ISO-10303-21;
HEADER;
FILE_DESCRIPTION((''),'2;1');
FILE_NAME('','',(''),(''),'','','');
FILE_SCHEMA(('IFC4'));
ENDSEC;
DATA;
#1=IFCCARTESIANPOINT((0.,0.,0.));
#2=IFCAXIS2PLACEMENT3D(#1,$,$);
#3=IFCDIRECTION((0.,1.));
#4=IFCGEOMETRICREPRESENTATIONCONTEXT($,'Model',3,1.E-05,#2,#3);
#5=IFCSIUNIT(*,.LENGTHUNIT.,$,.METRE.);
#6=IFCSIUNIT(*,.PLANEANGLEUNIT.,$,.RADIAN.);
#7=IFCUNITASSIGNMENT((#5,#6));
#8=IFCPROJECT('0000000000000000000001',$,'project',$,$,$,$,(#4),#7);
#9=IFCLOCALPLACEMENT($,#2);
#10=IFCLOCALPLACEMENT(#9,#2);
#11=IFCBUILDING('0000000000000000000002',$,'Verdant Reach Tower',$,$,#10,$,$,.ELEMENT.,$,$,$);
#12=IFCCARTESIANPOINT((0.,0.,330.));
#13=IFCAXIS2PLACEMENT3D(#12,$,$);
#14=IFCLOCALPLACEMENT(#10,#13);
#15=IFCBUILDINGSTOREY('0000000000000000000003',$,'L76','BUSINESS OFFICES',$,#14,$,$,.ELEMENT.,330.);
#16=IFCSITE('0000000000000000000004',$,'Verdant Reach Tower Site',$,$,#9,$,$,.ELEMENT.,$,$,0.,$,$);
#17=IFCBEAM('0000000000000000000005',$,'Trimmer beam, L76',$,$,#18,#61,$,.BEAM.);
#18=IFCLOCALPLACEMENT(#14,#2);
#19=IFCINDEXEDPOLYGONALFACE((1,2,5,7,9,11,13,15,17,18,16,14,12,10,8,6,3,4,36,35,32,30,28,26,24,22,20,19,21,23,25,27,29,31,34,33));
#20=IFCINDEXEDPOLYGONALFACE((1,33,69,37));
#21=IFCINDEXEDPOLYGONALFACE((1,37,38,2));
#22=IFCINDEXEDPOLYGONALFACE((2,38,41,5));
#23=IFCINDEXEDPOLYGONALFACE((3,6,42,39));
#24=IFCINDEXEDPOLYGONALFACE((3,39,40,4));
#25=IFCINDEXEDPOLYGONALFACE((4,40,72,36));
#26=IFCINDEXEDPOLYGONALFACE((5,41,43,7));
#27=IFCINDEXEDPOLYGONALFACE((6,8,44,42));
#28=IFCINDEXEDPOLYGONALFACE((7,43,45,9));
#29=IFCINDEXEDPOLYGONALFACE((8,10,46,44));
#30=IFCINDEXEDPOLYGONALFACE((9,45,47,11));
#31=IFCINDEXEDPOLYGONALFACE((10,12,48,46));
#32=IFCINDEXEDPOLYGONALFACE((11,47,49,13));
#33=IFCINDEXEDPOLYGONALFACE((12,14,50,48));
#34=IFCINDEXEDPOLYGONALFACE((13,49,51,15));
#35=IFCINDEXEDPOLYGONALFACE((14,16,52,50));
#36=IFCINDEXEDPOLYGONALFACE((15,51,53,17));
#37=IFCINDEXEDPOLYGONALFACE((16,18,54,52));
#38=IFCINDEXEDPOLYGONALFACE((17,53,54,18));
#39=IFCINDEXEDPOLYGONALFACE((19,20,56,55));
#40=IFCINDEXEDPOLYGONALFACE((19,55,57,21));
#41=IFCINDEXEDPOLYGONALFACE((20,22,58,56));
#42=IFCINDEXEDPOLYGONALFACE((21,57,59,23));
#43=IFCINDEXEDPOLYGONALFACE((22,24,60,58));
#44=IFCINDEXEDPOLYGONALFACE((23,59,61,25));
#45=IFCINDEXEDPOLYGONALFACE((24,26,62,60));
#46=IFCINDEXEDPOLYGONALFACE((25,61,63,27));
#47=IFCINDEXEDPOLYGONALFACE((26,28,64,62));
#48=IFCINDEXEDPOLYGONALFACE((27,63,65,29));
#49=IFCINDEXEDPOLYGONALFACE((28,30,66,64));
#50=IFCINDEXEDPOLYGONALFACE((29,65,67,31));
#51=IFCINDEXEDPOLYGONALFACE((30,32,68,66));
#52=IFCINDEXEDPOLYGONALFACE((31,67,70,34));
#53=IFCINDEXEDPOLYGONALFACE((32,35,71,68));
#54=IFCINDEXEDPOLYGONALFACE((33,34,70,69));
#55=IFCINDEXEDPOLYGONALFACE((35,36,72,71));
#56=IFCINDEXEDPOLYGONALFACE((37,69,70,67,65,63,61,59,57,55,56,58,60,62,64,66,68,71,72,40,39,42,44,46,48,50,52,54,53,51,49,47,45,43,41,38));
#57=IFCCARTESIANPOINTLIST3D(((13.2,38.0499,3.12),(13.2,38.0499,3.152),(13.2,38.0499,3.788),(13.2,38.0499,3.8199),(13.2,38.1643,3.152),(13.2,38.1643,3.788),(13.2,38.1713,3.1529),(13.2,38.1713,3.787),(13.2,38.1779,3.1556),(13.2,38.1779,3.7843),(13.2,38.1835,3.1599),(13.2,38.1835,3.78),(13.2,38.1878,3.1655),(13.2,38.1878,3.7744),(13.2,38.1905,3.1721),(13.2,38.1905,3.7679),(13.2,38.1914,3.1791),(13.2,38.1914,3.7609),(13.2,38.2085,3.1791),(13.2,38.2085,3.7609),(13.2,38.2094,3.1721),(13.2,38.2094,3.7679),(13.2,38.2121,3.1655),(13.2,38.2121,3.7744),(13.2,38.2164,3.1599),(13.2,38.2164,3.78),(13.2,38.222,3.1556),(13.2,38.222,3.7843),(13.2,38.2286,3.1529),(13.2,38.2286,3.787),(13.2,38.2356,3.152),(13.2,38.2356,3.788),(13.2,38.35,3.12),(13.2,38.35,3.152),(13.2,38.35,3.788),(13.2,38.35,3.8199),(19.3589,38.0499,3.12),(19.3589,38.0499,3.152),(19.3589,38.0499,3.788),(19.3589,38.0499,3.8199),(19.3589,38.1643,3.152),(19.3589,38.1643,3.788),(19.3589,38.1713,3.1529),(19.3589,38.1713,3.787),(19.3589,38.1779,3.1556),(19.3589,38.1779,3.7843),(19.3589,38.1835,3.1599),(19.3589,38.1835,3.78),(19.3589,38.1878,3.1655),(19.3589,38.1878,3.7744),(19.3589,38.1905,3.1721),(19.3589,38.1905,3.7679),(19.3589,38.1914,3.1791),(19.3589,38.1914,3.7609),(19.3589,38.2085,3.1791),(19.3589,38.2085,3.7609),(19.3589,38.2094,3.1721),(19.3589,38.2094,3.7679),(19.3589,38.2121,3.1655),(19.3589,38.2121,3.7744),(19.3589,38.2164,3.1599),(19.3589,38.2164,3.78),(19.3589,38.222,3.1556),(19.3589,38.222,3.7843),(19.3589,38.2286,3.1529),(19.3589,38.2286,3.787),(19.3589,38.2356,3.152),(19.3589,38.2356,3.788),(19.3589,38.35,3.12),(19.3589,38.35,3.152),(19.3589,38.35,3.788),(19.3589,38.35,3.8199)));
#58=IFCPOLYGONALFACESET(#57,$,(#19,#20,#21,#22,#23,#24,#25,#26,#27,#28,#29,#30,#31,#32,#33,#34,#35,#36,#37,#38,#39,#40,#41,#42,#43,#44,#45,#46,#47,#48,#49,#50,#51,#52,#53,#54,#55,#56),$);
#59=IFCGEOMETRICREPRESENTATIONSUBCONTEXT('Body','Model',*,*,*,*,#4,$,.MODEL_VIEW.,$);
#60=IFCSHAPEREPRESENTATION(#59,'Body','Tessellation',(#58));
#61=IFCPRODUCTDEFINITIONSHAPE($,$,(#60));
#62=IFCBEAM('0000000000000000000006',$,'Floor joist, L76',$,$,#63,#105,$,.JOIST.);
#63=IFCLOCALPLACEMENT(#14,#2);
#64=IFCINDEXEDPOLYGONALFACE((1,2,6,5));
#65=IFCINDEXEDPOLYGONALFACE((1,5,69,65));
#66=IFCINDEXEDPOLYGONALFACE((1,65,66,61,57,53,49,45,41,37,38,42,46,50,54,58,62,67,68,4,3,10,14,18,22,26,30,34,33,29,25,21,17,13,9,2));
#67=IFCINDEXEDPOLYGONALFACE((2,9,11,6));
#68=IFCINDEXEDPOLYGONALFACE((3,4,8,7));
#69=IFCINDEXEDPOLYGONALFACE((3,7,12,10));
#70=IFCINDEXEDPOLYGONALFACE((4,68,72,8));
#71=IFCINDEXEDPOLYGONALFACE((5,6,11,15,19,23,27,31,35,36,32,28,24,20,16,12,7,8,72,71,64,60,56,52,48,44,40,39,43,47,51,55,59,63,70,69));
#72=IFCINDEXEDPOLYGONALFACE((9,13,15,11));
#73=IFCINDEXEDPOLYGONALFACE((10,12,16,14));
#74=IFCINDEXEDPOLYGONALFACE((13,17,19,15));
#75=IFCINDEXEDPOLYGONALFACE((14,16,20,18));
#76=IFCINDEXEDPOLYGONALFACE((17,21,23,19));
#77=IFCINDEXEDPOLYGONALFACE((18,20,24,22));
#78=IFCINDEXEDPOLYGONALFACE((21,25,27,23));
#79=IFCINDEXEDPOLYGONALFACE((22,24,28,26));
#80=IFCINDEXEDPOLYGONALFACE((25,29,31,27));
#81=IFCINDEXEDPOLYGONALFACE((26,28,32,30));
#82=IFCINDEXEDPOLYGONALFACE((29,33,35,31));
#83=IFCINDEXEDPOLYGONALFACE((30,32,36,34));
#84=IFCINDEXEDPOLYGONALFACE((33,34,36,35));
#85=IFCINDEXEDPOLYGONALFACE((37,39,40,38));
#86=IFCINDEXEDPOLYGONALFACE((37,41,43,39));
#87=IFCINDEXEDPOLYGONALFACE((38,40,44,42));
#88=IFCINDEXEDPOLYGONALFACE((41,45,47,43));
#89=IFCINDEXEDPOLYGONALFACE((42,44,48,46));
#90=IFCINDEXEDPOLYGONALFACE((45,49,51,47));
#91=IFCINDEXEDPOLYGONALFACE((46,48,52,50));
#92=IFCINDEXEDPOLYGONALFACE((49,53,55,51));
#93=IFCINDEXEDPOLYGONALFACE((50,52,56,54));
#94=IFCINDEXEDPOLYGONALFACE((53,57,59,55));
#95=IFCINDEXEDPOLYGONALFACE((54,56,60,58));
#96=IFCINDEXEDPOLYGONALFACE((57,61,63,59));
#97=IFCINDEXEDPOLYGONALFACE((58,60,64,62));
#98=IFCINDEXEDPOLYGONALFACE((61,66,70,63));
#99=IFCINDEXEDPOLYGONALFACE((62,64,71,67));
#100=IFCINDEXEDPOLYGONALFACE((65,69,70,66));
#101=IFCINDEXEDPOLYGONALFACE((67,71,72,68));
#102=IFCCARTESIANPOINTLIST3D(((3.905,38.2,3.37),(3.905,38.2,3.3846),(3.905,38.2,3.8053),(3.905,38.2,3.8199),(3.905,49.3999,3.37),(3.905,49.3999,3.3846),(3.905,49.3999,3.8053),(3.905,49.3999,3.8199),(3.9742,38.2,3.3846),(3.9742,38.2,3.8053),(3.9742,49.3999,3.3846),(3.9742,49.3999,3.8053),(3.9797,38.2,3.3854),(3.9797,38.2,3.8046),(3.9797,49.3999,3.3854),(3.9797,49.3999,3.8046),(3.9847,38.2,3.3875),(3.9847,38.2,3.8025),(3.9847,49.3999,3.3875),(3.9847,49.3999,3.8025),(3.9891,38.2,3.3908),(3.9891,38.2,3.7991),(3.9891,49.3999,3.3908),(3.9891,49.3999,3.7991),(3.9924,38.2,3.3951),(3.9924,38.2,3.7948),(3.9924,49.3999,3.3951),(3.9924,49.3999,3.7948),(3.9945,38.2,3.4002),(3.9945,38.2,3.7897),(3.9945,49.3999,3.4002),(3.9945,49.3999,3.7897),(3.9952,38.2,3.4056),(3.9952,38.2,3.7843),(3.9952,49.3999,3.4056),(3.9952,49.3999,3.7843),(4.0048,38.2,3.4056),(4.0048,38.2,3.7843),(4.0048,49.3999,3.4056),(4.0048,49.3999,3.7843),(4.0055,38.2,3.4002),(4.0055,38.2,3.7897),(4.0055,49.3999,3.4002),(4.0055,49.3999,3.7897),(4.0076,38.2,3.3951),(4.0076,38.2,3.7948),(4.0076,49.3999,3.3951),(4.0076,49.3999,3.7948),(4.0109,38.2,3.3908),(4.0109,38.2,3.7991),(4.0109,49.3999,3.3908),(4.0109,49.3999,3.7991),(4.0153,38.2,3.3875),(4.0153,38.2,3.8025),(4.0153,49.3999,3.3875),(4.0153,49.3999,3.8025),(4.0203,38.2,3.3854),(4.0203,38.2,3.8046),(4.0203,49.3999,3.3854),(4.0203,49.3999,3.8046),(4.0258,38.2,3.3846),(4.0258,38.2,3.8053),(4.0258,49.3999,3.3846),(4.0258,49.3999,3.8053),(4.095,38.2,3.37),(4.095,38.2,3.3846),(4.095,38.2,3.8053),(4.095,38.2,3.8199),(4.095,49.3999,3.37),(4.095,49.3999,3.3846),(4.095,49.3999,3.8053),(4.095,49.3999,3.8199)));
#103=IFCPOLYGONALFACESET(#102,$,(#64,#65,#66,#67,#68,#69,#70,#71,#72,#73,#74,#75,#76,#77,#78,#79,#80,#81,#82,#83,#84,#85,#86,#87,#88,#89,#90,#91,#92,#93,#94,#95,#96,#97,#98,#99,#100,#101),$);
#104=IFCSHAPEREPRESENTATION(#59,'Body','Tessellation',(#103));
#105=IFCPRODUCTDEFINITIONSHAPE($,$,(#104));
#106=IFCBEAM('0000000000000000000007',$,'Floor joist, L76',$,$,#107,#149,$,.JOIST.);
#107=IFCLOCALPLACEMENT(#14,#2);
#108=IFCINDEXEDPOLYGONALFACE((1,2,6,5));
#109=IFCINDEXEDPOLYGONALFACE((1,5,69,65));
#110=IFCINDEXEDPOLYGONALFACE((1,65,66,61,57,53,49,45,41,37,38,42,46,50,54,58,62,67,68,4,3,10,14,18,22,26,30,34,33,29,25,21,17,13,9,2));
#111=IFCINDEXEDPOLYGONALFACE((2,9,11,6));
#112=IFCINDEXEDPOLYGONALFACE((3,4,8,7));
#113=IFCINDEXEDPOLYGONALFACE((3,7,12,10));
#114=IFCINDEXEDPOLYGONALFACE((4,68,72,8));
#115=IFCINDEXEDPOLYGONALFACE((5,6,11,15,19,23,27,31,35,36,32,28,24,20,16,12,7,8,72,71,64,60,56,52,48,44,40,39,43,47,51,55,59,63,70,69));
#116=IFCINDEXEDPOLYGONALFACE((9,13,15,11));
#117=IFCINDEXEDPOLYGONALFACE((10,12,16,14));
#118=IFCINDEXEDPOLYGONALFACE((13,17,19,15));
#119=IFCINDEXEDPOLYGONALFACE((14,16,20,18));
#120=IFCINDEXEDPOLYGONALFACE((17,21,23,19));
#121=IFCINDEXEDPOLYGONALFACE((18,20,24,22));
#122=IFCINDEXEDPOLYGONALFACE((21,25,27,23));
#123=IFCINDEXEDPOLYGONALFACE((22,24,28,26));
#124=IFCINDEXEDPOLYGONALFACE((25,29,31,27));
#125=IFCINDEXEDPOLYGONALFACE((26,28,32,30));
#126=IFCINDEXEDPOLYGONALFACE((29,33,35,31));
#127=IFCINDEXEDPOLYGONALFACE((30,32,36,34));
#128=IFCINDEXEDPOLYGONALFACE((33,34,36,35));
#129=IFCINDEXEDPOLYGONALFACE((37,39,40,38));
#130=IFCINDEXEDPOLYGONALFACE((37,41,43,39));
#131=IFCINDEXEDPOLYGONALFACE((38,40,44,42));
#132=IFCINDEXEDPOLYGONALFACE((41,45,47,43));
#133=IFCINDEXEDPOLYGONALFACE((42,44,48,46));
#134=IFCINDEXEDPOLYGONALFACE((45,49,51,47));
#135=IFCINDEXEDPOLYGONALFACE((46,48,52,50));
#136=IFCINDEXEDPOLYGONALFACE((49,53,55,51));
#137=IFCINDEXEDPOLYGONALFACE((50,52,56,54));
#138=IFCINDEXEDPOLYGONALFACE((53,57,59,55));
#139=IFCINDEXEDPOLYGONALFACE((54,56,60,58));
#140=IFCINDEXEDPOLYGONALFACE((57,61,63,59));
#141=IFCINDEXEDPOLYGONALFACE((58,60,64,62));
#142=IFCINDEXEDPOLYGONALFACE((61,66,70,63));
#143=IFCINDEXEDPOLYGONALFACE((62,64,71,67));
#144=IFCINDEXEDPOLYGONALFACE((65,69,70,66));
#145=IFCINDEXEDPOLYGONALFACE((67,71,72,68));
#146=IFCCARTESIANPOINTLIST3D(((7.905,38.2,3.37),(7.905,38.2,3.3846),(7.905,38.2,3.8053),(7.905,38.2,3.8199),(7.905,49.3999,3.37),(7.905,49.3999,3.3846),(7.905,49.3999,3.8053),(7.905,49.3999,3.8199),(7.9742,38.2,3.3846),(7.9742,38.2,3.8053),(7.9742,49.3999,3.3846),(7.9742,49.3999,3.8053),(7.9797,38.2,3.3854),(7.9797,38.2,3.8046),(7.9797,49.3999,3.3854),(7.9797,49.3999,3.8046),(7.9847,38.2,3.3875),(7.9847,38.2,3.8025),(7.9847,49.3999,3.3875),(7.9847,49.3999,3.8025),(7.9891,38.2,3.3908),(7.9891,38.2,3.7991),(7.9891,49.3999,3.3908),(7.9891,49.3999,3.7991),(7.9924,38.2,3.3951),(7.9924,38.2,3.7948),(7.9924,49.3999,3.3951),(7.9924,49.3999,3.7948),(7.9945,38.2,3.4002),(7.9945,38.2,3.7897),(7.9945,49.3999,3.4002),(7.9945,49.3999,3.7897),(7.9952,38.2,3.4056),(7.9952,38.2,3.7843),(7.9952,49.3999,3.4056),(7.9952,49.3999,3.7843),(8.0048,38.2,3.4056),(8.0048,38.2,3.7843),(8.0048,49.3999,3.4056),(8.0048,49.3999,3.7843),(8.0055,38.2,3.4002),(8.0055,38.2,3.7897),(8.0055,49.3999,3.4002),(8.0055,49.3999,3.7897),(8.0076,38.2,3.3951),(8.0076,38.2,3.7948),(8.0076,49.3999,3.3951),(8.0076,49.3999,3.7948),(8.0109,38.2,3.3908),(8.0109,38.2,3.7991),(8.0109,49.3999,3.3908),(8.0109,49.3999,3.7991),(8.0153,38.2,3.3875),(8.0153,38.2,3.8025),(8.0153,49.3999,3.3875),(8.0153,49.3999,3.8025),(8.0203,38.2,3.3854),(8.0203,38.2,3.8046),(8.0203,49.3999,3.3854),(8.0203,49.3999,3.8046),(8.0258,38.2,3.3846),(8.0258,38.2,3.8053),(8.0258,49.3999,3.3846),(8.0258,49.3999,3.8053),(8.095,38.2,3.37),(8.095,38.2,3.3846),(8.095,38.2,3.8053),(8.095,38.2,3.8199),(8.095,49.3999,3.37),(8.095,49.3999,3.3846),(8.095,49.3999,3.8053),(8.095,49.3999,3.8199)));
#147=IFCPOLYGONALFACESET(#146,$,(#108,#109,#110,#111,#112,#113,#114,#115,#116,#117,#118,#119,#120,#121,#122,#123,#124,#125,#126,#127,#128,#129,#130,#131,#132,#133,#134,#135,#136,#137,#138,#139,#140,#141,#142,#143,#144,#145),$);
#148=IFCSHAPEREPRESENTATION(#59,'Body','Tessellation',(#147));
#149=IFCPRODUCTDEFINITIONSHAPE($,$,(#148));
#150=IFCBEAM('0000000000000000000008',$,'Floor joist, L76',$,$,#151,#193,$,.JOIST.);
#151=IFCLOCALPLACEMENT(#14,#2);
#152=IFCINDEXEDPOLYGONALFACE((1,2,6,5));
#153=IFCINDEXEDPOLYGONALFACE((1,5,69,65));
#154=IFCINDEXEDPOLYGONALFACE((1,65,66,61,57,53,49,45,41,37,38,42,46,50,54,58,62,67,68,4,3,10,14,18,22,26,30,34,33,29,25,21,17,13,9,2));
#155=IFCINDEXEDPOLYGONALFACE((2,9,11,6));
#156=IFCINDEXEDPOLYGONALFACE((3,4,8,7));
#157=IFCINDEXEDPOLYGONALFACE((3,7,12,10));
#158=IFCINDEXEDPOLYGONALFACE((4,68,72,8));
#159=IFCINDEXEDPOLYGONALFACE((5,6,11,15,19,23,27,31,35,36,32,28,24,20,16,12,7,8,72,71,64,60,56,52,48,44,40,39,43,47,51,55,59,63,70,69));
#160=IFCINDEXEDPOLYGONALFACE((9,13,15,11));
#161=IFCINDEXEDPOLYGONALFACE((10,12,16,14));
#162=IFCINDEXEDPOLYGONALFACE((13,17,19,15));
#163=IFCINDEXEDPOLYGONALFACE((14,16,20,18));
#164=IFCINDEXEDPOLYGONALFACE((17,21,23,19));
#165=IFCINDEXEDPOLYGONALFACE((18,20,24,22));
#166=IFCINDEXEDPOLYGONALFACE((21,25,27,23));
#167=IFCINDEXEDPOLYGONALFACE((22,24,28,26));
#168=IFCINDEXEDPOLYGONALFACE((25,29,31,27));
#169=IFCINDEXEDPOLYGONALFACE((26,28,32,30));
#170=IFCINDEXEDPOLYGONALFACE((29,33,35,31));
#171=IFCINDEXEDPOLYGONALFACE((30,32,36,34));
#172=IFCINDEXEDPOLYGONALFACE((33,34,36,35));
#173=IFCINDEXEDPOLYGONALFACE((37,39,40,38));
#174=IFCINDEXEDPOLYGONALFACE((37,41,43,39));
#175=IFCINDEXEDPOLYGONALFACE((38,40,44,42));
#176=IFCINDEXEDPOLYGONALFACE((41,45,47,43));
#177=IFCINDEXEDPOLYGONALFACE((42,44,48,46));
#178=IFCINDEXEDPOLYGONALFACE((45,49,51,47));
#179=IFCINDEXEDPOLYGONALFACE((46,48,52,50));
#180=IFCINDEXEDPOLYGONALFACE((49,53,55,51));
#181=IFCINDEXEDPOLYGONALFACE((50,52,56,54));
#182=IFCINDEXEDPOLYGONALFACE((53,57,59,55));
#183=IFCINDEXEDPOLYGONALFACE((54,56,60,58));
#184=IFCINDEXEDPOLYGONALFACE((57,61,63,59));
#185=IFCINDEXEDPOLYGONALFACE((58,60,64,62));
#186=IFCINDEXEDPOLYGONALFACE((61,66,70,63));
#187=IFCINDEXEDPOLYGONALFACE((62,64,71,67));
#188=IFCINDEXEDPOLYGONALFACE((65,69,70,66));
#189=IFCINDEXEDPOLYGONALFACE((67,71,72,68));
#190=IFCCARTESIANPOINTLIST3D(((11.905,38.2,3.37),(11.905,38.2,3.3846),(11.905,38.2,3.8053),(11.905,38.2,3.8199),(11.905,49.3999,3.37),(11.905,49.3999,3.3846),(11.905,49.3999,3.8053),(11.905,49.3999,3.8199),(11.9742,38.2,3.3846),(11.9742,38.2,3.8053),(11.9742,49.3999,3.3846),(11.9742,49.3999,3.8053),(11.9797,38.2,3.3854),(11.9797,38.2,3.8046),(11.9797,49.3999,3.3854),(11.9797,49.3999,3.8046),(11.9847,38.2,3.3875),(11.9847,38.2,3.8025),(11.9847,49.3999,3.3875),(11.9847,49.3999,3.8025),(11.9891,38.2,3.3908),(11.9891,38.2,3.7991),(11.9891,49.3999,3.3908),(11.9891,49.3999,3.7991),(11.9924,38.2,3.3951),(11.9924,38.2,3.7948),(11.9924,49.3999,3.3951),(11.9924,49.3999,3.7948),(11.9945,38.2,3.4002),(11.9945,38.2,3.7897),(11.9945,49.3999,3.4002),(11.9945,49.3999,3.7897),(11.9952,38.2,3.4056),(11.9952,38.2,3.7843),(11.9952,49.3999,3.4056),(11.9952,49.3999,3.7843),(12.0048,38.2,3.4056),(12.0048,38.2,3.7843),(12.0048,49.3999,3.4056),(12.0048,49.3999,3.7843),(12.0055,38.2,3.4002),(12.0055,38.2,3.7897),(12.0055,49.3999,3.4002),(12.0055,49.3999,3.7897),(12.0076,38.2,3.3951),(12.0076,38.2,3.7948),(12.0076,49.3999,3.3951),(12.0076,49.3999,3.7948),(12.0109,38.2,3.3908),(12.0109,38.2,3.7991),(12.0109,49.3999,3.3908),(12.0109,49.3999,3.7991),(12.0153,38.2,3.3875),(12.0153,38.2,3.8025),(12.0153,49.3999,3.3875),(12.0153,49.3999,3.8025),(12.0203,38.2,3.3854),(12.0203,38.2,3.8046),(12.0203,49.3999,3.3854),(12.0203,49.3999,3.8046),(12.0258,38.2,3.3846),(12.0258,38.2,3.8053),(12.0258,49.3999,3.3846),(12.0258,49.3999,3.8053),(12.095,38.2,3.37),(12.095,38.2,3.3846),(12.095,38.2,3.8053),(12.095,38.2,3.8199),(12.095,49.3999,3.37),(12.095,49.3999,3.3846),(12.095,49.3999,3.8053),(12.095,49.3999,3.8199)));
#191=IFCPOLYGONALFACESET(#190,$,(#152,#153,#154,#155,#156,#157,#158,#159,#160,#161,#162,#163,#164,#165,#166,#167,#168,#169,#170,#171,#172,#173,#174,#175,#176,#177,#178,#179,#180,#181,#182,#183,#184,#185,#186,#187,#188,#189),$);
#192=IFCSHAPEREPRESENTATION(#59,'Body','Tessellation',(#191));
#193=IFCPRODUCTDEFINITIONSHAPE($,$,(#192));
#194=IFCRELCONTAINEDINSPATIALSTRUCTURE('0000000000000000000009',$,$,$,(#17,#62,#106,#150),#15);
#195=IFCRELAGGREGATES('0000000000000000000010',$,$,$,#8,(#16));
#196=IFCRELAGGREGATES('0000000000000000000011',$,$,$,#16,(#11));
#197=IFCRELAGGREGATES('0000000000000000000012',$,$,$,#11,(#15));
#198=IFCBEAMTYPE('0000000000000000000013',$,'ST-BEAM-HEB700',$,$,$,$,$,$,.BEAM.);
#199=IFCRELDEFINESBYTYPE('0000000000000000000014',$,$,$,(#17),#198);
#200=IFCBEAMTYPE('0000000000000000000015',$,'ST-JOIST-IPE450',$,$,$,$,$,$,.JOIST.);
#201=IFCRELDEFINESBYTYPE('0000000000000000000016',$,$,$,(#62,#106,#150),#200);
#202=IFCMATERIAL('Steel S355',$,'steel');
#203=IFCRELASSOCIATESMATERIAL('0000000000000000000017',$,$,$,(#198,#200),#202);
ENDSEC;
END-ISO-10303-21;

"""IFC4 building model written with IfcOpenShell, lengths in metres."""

from ifc_helpers import new_model, si_unit, direction, frame, origin, origin_2d, place, context, subcontext, project, spatial, i_section, extrude, material, material_profile, profile_set, type_object, element, save


model = new_model("IFC4")

# Units and contexts
model_context = context("Model", 3, precision=1e-05, world=origin(), true_north=direction((0.0, 1.0)))
body_context = subcontext(model_context, "Body", "Model", "MODEL_VIEW")
ifc_project = project(units=[si_unit("LENGTHUNIT", "METRE"), si_unit("PLANEANGLEUNIT", "RADIAN")], contexts=[model_context])

# Site, building, storey
site_placement = place(None, origin())
site = spatial("IfcSite", under=ifc_project, at=site_placement, Name="Verdant Reach Tower Site", CompositionType="ELEMENT", RefElevation=0.0)
building_placement = place(site_placement, origin())
building = spatial("IfcBuilding", under=site, at=building_placement, Name="Verdant Reach Tower", CompositionType="ELEMENT")
storey_placement = place(building_placement, frame((0.0, 0.0, 330.0)))
storey = spatial("IfcBuildingStorey", under=building, at=storey_placement, Name="L76", Description="BUSINESS OFFICES", CompositionType="ELEMENT", Elevation=330.0)

# Beams
ifc_material_1 = material(Name="Steel S355", Category="steel")
ifc_material_profile_1 = material_profile(ifc_material_1, i_section(OverallWidth=0.3, OverallDepth=0.7, WebThickness=0.0171, FlangeThickness=0.032, FilletRadius=0.0271, at=origin_2d()), Name="HEB 700")
ifc_profile_set_1 = profile_set([ifc_material_profile_1], Name="Steel S355")
beam_type_1 = type_object("IfcBeamType", Name="ST-BEAM-HEB700", PredefinedType="BEAM", material=ifc_profile_set_1)
beam_1_placement = place(storey_placement, frame((13.2, 38.2, 3.47), z_axis=(1.0, 0.0, 0.0), x_axis=(0.0, 1.0, 0.0)))
element("IfcBeam", 1, at=beam_1_placement, inside=storey, type_object=beam_type_1, Name="Trimmer beam, L76", PredefinedType="BEAM", context=body_context, shape_type="SweptSolid", body=[
    extrude(i_section(OverallWidth=0.3, OverallDepth=0.7, WebThickness=0.0171, FlangeThickness=0.032, FilletRadius=0.0271, at=origin_2d()), origin(), (0.0, 0.0, 1.0), 6.1589),
])
ifc_material_profile_2 = material_profile(ifc_material_1, i_section(OverallWidth=0.1899, OverallDepth=0.45, WebThickness=0.0095, FlangeThickness=0.0146, FilletRadius=0.021, at=origin_2d()), Name="IPE 450")
ifc_profile_set_2 = profile_set([ifc_material_profile_2], Name="Steel S355")
beam_type_2 = type_object("IfcBeamType", Name="ST-JOIST-IPE450", PredefinedType="JOIST", material=ifc_profile_set_2)
for number, where, z_axis, x_axis, name in (
    (2, (4.0, 38.2, 3.595), (0.0, 1.0, 0.0), (-1.0, 0.0, 0.0), "Floor joist, L76"),
    (3, (8.0, 38.2, 3.595), (0.0, 1.0, 0.0), (-1.0, 0.0, 0.0), "Floor joist, L76"),
    (4, (12.0, 38.2, 3.595), (0.0, 1.0, 0.0), (-1.0, 0.0, 0.0), "Floor joist, L76"),
):
    element("IfcBeam", number, at=place(storey_placement, frame(where, z_axis=z_axis, x_axis=x_axis)), inside=storey, type_object=beam_type_2, Name=name, PredefinedType="JOIST", context=body_context, shape_type="SweptSolid", body=[
        extrude(i_section(OverallWidth=0.1899, OverallDepth=0.45, WebThickness=0.0095, FlangeThickness=0.0146, FilletRadius=0.021, at=origin_2d()), origin(), (0.0, 0.0, 1.0), 11.2),
    ])

save(model, "model.ifc")
